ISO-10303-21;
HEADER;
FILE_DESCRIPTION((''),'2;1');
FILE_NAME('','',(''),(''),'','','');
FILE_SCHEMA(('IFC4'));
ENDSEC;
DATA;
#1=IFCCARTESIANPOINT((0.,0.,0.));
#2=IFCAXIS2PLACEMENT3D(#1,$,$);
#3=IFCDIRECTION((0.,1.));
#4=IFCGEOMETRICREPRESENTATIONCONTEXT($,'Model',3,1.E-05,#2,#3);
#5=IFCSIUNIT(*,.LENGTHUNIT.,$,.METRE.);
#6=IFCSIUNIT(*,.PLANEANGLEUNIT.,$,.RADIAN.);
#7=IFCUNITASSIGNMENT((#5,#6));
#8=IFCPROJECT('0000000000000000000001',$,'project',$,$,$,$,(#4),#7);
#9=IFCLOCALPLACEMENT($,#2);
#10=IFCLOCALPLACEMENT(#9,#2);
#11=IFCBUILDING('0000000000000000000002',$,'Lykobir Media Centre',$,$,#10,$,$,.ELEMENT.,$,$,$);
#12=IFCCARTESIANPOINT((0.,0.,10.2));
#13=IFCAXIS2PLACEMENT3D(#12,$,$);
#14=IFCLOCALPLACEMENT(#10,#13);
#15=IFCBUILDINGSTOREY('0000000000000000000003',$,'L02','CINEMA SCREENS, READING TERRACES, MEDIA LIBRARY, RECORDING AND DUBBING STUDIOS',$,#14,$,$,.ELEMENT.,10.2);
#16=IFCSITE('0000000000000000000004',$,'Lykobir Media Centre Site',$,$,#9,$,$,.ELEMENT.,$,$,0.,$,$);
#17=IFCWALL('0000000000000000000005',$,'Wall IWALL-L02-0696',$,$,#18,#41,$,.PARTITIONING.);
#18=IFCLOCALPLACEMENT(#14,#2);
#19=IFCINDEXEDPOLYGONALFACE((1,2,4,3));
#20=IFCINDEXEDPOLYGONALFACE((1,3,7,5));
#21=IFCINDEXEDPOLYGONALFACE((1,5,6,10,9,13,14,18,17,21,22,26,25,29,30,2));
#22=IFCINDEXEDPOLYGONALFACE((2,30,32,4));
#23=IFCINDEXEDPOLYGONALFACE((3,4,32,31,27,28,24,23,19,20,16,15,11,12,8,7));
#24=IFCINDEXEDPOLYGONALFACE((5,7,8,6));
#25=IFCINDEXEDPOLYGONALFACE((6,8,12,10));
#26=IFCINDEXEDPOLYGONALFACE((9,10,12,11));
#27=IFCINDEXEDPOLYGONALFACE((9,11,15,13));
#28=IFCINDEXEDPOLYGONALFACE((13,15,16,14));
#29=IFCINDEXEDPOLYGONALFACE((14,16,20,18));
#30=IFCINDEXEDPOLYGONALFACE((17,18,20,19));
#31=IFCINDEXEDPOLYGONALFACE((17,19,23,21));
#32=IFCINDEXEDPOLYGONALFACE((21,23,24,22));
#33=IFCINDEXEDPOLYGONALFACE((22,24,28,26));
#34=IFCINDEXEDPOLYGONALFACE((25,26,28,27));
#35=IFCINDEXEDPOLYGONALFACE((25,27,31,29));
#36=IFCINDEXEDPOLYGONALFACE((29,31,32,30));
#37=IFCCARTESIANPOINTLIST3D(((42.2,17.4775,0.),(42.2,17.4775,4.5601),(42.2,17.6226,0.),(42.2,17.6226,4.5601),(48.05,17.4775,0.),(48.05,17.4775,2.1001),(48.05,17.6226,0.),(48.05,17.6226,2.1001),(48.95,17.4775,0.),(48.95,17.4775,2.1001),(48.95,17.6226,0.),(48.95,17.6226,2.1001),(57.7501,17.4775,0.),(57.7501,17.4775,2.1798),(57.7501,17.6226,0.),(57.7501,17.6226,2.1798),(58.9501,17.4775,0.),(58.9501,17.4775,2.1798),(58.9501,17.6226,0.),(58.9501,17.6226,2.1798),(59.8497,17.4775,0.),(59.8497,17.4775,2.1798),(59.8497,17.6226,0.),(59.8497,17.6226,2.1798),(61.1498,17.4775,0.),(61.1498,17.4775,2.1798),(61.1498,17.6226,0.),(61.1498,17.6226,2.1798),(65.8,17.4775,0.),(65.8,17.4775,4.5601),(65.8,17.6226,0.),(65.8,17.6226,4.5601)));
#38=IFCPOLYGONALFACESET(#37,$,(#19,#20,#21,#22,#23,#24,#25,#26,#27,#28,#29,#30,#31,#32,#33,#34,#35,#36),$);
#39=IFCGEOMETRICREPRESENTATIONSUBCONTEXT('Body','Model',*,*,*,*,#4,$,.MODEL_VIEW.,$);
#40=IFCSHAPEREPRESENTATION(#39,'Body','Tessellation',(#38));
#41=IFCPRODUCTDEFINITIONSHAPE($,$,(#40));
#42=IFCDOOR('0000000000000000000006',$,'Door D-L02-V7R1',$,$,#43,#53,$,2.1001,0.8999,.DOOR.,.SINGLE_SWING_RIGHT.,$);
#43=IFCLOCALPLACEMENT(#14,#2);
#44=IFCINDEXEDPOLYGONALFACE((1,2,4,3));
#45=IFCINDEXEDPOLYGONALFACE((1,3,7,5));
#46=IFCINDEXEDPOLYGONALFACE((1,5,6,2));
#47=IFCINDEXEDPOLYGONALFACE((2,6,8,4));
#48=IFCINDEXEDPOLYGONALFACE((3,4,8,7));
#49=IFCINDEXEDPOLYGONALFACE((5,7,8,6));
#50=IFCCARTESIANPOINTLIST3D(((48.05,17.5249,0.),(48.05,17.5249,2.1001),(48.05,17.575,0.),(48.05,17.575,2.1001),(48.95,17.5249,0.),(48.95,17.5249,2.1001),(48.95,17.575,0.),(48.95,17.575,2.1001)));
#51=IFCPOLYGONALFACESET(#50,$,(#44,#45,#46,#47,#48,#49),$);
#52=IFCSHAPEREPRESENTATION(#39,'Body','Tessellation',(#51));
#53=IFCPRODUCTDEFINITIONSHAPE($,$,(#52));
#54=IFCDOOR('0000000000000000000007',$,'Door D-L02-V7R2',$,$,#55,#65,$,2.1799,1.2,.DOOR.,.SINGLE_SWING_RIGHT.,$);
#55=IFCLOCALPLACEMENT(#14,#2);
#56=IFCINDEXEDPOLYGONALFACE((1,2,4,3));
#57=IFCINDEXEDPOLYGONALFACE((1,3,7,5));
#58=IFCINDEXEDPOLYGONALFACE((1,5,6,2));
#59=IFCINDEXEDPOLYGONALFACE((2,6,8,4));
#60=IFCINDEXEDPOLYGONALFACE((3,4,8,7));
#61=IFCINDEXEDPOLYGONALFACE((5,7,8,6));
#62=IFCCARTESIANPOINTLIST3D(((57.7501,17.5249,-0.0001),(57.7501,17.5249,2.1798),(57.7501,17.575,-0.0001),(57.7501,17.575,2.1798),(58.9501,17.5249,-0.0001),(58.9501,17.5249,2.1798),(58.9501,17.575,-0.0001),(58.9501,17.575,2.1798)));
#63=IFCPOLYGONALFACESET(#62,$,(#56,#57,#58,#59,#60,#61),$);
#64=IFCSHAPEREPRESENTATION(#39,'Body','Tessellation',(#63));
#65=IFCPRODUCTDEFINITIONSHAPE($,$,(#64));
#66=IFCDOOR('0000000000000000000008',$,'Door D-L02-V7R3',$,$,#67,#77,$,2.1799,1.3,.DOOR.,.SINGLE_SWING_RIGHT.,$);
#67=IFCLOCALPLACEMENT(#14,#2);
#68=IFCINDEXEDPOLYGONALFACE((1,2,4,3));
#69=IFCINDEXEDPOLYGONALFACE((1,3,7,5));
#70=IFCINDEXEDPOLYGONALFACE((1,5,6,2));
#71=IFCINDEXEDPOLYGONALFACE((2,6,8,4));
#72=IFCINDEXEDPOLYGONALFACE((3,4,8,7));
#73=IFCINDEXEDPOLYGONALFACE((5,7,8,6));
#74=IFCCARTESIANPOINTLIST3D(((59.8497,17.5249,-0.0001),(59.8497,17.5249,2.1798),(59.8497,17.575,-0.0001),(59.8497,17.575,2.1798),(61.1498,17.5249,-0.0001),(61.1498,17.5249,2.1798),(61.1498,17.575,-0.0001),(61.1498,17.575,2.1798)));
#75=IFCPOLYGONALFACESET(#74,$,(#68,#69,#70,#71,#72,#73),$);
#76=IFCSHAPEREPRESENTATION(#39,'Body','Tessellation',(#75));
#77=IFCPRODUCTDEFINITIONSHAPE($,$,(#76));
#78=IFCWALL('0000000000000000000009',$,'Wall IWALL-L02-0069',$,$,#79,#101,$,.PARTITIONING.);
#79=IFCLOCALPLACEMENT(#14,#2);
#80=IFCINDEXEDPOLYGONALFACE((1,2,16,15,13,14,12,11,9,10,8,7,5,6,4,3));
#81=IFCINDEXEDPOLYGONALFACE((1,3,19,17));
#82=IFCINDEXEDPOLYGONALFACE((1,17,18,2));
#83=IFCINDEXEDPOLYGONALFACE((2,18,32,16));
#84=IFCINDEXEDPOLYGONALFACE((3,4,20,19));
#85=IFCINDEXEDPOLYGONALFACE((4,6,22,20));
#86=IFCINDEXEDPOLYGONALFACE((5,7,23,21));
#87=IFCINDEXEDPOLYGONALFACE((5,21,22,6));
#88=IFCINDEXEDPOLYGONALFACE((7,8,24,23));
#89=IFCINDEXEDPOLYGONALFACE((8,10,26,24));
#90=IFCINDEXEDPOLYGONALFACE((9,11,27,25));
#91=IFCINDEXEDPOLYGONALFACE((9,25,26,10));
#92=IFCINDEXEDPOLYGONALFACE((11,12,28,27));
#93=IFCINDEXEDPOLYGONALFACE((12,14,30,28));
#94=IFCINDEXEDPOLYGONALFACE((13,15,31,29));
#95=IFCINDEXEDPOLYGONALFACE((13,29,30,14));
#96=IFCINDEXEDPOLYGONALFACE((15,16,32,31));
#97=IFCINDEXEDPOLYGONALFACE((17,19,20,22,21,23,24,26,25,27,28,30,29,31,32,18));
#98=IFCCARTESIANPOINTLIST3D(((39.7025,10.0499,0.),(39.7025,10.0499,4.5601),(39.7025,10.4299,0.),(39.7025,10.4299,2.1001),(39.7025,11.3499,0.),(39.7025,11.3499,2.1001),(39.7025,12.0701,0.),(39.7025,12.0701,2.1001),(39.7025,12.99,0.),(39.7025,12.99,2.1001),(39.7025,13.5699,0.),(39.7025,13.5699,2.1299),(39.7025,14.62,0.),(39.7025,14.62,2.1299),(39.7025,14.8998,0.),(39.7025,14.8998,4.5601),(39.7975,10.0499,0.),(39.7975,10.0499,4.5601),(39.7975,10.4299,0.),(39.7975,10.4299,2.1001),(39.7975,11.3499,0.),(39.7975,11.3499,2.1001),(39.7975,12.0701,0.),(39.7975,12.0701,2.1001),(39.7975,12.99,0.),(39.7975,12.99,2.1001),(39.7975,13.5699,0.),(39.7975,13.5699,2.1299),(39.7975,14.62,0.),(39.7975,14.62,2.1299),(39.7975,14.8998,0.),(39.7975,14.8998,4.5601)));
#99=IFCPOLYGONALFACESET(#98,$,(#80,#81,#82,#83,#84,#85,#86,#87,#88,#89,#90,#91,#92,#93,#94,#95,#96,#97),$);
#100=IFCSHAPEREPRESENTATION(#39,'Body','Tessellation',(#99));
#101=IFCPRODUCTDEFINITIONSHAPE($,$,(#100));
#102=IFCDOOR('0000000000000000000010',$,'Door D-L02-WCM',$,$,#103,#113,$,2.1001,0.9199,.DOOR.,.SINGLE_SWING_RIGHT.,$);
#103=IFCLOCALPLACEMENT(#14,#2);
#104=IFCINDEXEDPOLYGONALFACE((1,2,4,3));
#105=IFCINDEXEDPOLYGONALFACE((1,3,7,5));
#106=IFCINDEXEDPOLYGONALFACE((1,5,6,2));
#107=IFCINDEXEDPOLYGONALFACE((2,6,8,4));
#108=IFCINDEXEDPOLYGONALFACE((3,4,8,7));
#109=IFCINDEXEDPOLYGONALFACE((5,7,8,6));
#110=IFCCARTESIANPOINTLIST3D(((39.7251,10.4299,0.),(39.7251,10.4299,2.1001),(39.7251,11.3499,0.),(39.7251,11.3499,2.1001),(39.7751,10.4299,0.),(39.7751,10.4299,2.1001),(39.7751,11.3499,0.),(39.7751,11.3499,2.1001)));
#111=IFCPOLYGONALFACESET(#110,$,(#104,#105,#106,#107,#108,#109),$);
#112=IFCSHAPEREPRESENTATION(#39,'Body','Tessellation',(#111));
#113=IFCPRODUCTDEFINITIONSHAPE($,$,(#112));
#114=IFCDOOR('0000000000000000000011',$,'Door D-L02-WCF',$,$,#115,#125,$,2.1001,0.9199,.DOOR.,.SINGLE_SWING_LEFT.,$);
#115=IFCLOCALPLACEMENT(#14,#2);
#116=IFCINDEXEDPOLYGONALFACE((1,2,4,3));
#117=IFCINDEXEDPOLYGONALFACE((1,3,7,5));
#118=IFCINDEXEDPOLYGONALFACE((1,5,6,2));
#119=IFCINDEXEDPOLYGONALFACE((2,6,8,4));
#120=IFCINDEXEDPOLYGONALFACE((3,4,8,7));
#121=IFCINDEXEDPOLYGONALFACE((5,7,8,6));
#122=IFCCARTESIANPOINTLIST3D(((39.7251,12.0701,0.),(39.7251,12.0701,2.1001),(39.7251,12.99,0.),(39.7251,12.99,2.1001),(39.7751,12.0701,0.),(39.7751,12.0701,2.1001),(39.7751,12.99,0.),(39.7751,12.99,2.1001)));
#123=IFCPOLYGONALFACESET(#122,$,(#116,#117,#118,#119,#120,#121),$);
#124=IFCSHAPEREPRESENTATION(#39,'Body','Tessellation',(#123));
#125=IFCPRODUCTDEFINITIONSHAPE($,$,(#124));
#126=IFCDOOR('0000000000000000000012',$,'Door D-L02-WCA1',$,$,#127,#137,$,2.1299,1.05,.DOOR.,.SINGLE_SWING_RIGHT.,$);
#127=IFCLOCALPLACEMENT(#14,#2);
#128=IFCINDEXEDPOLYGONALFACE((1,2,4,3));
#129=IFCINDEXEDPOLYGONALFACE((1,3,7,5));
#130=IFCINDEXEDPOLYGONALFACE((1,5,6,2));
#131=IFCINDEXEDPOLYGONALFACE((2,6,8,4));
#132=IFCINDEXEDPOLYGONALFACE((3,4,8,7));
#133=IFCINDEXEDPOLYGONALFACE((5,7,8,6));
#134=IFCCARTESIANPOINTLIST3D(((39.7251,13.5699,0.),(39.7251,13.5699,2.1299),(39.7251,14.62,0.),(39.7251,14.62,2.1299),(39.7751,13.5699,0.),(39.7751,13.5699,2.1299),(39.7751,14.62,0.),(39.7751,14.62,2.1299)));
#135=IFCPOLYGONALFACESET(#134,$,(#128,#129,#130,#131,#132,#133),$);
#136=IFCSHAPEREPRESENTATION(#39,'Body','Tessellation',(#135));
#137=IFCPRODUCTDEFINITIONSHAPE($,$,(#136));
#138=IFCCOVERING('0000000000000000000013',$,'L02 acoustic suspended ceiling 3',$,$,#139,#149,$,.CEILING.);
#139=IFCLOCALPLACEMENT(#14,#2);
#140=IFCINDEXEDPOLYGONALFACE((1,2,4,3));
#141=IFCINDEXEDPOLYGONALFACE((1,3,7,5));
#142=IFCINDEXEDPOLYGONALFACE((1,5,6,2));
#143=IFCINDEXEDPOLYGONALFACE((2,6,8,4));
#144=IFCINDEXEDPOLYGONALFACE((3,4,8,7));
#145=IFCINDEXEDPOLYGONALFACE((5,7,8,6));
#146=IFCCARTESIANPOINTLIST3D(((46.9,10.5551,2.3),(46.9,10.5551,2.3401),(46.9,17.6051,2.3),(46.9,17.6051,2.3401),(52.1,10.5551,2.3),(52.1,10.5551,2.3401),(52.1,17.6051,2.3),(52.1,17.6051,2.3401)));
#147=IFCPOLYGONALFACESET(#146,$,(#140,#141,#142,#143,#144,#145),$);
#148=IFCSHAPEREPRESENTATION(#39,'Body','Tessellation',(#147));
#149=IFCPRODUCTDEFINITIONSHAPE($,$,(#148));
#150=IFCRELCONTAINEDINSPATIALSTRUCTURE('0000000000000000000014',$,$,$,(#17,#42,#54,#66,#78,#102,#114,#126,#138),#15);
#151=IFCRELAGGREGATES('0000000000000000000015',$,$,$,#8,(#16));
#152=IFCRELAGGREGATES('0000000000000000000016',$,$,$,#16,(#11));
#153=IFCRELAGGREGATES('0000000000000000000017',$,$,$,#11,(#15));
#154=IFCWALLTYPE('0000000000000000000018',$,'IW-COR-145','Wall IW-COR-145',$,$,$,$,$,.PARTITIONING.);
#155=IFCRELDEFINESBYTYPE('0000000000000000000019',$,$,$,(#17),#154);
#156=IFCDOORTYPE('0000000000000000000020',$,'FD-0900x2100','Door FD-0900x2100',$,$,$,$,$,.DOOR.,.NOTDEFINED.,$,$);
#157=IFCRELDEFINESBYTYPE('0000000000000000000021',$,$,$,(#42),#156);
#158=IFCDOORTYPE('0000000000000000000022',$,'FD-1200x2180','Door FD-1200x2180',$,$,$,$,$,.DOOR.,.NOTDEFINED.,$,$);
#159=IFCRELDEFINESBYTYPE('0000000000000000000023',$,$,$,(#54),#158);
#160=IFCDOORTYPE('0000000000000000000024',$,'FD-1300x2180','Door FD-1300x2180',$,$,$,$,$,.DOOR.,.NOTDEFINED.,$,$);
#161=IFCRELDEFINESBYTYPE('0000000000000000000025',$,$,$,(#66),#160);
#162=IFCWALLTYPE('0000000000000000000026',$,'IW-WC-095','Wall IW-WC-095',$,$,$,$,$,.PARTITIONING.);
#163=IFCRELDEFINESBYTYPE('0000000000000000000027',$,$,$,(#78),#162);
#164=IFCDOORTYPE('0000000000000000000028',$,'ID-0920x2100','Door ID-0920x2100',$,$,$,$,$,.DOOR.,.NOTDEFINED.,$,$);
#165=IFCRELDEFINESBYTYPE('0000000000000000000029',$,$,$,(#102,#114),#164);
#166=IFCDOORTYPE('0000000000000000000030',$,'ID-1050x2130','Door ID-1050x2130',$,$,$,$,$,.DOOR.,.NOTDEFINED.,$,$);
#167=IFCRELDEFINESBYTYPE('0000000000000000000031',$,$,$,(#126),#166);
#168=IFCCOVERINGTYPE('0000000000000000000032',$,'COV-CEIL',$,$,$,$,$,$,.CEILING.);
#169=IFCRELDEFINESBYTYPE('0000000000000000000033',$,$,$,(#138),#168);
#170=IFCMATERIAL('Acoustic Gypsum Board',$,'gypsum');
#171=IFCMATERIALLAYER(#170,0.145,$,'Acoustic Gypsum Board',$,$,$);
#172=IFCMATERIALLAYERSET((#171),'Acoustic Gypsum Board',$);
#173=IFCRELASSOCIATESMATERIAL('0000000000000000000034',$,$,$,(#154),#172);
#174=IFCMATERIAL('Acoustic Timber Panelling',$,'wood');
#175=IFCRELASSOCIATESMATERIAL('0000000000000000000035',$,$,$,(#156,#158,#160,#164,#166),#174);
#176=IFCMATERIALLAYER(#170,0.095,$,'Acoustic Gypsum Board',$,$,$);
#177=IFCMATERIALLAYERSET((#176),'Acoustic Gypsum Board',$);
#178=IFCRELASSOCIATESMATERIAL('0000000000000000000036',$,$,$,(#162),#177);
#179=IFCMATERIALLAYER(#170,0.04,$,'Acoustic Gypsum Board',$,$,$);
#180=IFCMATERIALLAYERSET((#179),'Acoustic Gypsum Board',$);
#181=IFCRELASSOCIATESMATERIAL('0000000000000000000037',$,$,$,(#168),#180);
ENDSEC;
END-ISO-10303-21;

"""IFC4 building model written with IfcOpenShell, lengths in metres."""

from ifc_helpers import new_model, si_unit, direction, frame, frame_2d, origin, origin_2d, place, context, subcontext, project, spatial, rectangle, extrude, material, layer, layer_set, type_object, element, fill, save


model = new_model("IFC4")

# Units and contexts
model_context = context("Model", 3, precision=1e-05, world=origin(), true_north=direction((0.0, 1.0)))
body_context = subcontext(model_context, "Body", "Model", "MODEL_VIEW")
ifc_project = project(units=[si_unit("LENGTHUNIT", "METRE"), si_unit("PLANEANGLEUNIT", "RADIAN")], contexts=[model_context])

# Site, building, storey
site_placement = place(None, origin())
site = spatial("IfcSite", under=ifc_project, at=site_placement, Name="Lykobir Media Centre Site", CompositionType="ELEMENT", RefElevation=0.0)
building_placement = place(site_placement, origin())
building = spatial("IfcBuilding", under=site, at=building_placement, Name="Lykobir Media Centre", CompositionType="ELEMENT")
storey_placement = place(building_placement, frame((0.0, 0.0, 10.2)))
storey = spatial("IfcBuildingStorey", under=building, at=storey_placement, Name="L02", Description="CINEMA SCREENS, READING TERRACES, MEDIA LIBRARY, RECORDING AND DUBBING STUDIOS", CompositionType="ELEMENT", Elevation=10.2)

# Walls, openings, doors
ifc_material_1 = material(Name="Acoustic Gypsum Board", Category="gypsum")
ifc_layer_1 = layer(ifc_material_1, 0.145, Name="Acoustic Gypsum Board")
ifc_layer_set_1 = layer_set([ifc_layer_1], Name="Acoustic Gypsum Board")
wall_type_1 = type_object("IfcWallType", Name="IW-COR-145", Description="Wall IW-COR-145", PredefinedType="PARTITIONING", material=ifc_layer_set_1)
wall_1_placement = place(storey_placement, frame((42.2, 17.55, 0.0), z_axis=(0.0, 0.0, 1.0), x_axis=(1.0, 0.0, 0.0)))
wall_1 = element("IfcWall", 1, at=wall_1_placement, inside=storey, type_object=wall_type_1, Name="Wall IWALL-L02-0696", PredefinedType="PARTITIONING", context=body_context, shape_type="SweptSolid", body=[
    extrude(rectangle(XDim=23.6001, YDim=0.145, at=frame_2d((11.8, 0.0))), origin(), (0.0, 0.0, 1.0), 4.5601),
])
opening_1_placement = place(wall_1_placement, frame((5.8501, 0.0, 0.0)))
opening_1 = element("IfcOpeningElement", 2, at=opening_1_placement, cuts=wall_1, PredefinedType="OPENING", context=body_context, shape_type="SweptSolid", body=[
    extrude(rectangle(XDim=0.8999, YDim=2.1001, at=frame_2d((0.45, 1.05))), frame((0.0, 0.0825, 0.0), z_axis=(0.0, -1.0, 0.0), x_axis=(1.0, 0.0, 0.0)), (0.0, 0.0, 1.0), 0.165),
])
opening_2_placement = place(wall_1_placement, frame((15.55, 0.0, 0.0)))
opening_2 = element("IfcOpeningElement", 3, at=opening_2_placement, cuts=wall_1, PredefinedType="OPENING", context=body_context, shape_type="SweptSolid", body=[
    extrude(rectangle(XDim=1.2, YDim=2.1799, at=frame_2d((0.6001, 1.0898))), frame((0.0, 0.0825, 0.0), z_axis=(0.0, -1.0, 0.0), x_axis=(1.0, 0.0, 0.0)), (0.0, 0.0, 1.0), 0.165),
])
opening_3_placement = place(wall_1_placement, frame((17.6499, 0.0, 0.0)))
opening_3 = element("IfcOpeningElement", 4, at=opening_3_placement, cuts=wall_1, PredefinedType="OPENING", context=body_context, shape_type="SweptSolid", body=[
    extrude(rectangle(XDim=1.3, YDim=2.1799, at=frame_2d((0.6499, 1.0898))), frame((0.0, 0.0825, 0.0), z_axis=(0.0, -1.0, 0.0), x_axis=(1.0, 0.0, 0.0)), (0.0, 0.0, 1.0), 0.165),
])
ifc_material_2 = material(Name="Acoustic Timber Panelling", Category="wood")
door_type_1 = type_object("IfcDoorType", Name="FD-0900x2100", Description="Door FD-0900x2100", OperationType="NOTDEFINED", PredefinedType="DOOR", material=ifc_material_2)
door_1_placement = place(opening_1_placement, origin())
door_1 = element("IfcDoor", 5, at=door_1_placement, inside=storey, type_object=door_type_1, Name="Door D-L02-V7R1", OperationType="SINGLE_SWING_RIGHT", OverallHeight=2.1001, OverallWidth=0.8999, PredefinedType="DOOR", context=body_context, shape_type="SweptSolid", body=[
    extrude(rectangle(XDim=0.8999, YDim=2.1001, at=frame_2d((0.45, 1.05))), frame((0.0, 0.0249, 0.0), z_axis=(0.0, -1.0, 0.0), x_axis=(1.0, 0.0, 0.0)), (0.0, 0.0, 1.0), 0.05),
])
fill(opening_1, door_1)
door_type_2 = type_object("IfcDoorType", Name="FD-1200x2180", Description="Door FD-1200x2180", OperationType="NOTDEFINED", PredefinedType="DOOR", material=ifc_material_2)
door_2_placement = place(opening_2_placement, origin())
door_2 = element("IfcDoor", 6, at=door_2_placement, inside=storey, type_object=door_type_2, Name="Door D-L02-V7R2", OperationType="SINGLE_SWING_RIGHT", OverallHeight=2.1799, OverallWidth=1.2, PredefinedType="DOOR", context=body_context, shape_type="SweptSolid", body=[
    extrude(rectangle(XDim=1.2, YDim=2.1799, at=frame_2d((0.6001, 1.0898))), frame((0.0, 0.0249, 0.0), z_axis=(0.0, -1.0, 0.0), x_axis=(1.0, 0.0, 0.0)), (0.0, 0.0, 1.0), 0.05),
])
fill(opening_2, door_2)
door_type_3 = type_object("IfcDoorType", Name="FD-1300x2180", Description="Door FD-1300x2180", OperationType="NOTDEFINED", PredefinedType="DOOR", material=ifc_material_2)
door_3_placement = place(opening_3_placement, origin())
door_3 = element("IfcDoor", 7, at=door_3_placement, inside=storey, type_object=door_type_3, Name="Door D-L02-V7R3", OperationType="SINGLE_SWING_RIGHT", OverallHeight=2.1799, OverallWidth=1.3, PredefinedType="DOOR", context=body_context, shape_type="SweptSolid", body=[
    extrude(rectangle(XDim=1.3, YDim=2.1799, at=frame_2d((0.6499, 1.0898))), frame((0.0, 0.0249, 0.0), z_axis=(0.0, -1.0, 0.0), x_axis=(1.0, 0.0, 0.0)), (0.0, 0.0, 1.0), 0.05),
])
fill(opening_3, door_3)
ifc_layer_2 = layer(ifc_material_1, 0.095, Name="Acoustic Gypsum Board")
ifc_layer_set_2 = layer_set([ifc_layer_2], Name="Acoustic Gypsum Board")
wall_type_2 = type_object("IfcWallType", Name="IW-WC-095", Description="Wall IW-WC-095", PredefinedType="PARTITIONING", material=ifc_layer_set_2)
wall_2_placement = place(storey_placement, frame((39.75, 10.05, 0.0), z_axis=(0.0, 0.0, 1.0), x_axis=(0.0, 1.0, 0.0)))
wall_2 = element("IfcWall", 8, at=wall_2_placement, inside=storey, type_object=wall_type_2, Name="Wall IWALL-L02-0069", PredefinedType="PARTITIONING", context=body_context, shape_type="SweptSolid", body=[
    extrude(rectangle(XDim=4.8499, YDim=0.095, at=frame_2d((2.4248, 0.0))), origin(), (0.0, 0.0, 1.0), 4.5601),
])
opening_4_placement = place(wall_2_placement, frame((0.3799, 0.0, 0.0)))
opening_4 = element("IfcOpeningElement", 9, at=opening_4_placement, cuts=wall_2, PredefinedType="OPENING", context=body_context, shape_type="SweptSolid", body=[
    extrude(rectangle(XDim=0.9199, YDim=2.1001, at=frame_2d((0.46, 1.05))), frame((0.0, 0.0574, 0.0), z_axis=(0.0, -1.0, 0.0), x_axis=(1.0, 0.0, 0.0)), (0.0, 0.0, 1.0), 0.115),
])
opening_5_placement = place(wall_2_placement, frame((2.02, 0.0, 0.0)))
opening_5 = element("IfcOpeningElement", 10, at=opening_5_placement, cuts=wall_2, PredefinedType="OPENING", context=body_context, shape_type="SweptSolid", body=[
    extrude(rectangle(XDim=0.9199, YDim=2.1001, at=frame_2d((0.46, 1.05))), frame((0.0, 0.0574, 0.0), z_axis=(0.0, -1.0, 0.0), x_axis=(1.0, 0.0, 0.0)), (0.0, 0.0, 1.0), 0.115),
])
opening_6_placement = place(wall_2_placement, frame((3.52, 0.0, 0.0)))
opening_6 = element("IfcOpeningElement", 11, at=opening_6_placement, cuts=wall_2, PredefinedType="OPENING", context=body_context, shape_type="SweptSolid", body=[
    extrude(rectangle(XDim=1.05, YDim=2.1299, at=frame_2d((0.5249, 1.0649))), frame((0.0, 0.0574, 0.0), z_axis=(0.0, -1.0, 0.0), x_axis=(1.0, 0.0, 0.0)), (0.0, 0.0, 1.0), 0.115),
])
door_type_4 = type_object("IfcDoorType", Name="ID-0920x2100", Description="Door ID-0920x2100", OperationType="NOTDEFINED", PredefinedType="DOOR", material=ifc_material_2)
door_4_placement = place(opening_4_placement, origin())
door_4 = element("IfcDoor", 12, at=door_4_placement, inside=storey, type_object=door_type_4, Name="Door D-L02-WCM", OperationType="SINGLE_SWING_RIGHT", OverallHeight=2.1001, OverallWidth=0.9199, PredefinedType="DOOR", context=body_context, shape_type="SweptSolid", body=[
    extrude(rectangle(XDim=0.9199, YDim=2.1001, at=frame_2d((0.46, 1.05))), frame((0.0, 0.0249, 0.0), z_axis=(0.0, -1.0, 0.0), x_axis=(1.0, 0.0, 0.0)), (0.0, 0.0, 1.0), 0.05),
])
fill(opening_4, door_4)
door_5_placement = place(opening_5_placement, origin())
door_5 = element("IfcDoor", 13, at=door_5_placement, inside=storey, type_object=door_type_4, Name="Door D-L02-WCF", OperationType="SINGLE_SWING_LEFT", OverallHeight=2.1001, OverallWidth=0.9199, PredefinedType="DOOR", context=body_context, shape_type="SweptSolid", body=[
    extrude(rectangle(XDim=0.9199, YDim=2.1001, at=frame_2d((0.46, 1.05))), frame((0.0, 0.0249, 0.0), z_axis=(0.0, -1.0, 0.0), x_axis=(1.0, 0.0, 0.0)), (0.0, 0.0, 1.0), 0.05),
])
fill(opening_5, door_5)
door_type_5 = type_object("IfcDoorType", Name="ID-1050x2130", Description="Door ID-1050x2130", OperationType="NOTDEFINED", PredefinedType="DOOR", material=ifc_material_2)
door_6_placement = place(opening_6_placement, origin())
door_6 = element("IfcDoor", 14, at=door_6_placement, inside=storey, type_object=door_type_5, Name="Door D-L02-WCA1", OperationType="SINGLE_SWING_RIGHT", OverallHeight=2.1299, OverallWidth=1.05, PredefinedType="DOOR", context=body_context, shape_type="SweptSolid", body=[
    extrude(rectangle(XDim=1.05, YDim=2.1299, at=frame_2d((0.5249, 1.0649))), frame((0.0, 0.0249, 0.0), z_axis=(0.0, -1.0, 0.0), x_axis=(1.0, 0.0, 0.0)), (0.0, 0.0, 1.0), 0.05),
])
fill(opening_6, door_6)

# Covering
ifc_layer_3 = layer(ifc_material_1, 0.04, Name="Acoustic Gypsum Board")
ifc_layer_set_3 = layer_set([ifc_layer_3], Name="Acoustic Gypsum Board")
covering_type = type_object("IfcCoveringType", Name="COV-CEIL", PredefinedType="CEILING", material=ifc_layer_set_3)
covering_placement = place(storey_placement, frame((49.5, 14.0801, 2.3), z_axis=(0.0, 0.0, 1.0), x_axis=(1.0, 0.0, 0.0)))
element("IfcCovering", 15, at=covering_placement, inside=storey, type_object=covering_type, Name="L02 acoustic suspended ceiling 3", PredefinedType="CEILING", context=body_context, shape_type="SweptSolid", body=[
    extrude(rectangle(XDim=5.2, YDim=7.05, at=origin_2d()), origin(), (0.0, 0.0, 1.0), 0.04),
])

save(model, "model.ifc")
